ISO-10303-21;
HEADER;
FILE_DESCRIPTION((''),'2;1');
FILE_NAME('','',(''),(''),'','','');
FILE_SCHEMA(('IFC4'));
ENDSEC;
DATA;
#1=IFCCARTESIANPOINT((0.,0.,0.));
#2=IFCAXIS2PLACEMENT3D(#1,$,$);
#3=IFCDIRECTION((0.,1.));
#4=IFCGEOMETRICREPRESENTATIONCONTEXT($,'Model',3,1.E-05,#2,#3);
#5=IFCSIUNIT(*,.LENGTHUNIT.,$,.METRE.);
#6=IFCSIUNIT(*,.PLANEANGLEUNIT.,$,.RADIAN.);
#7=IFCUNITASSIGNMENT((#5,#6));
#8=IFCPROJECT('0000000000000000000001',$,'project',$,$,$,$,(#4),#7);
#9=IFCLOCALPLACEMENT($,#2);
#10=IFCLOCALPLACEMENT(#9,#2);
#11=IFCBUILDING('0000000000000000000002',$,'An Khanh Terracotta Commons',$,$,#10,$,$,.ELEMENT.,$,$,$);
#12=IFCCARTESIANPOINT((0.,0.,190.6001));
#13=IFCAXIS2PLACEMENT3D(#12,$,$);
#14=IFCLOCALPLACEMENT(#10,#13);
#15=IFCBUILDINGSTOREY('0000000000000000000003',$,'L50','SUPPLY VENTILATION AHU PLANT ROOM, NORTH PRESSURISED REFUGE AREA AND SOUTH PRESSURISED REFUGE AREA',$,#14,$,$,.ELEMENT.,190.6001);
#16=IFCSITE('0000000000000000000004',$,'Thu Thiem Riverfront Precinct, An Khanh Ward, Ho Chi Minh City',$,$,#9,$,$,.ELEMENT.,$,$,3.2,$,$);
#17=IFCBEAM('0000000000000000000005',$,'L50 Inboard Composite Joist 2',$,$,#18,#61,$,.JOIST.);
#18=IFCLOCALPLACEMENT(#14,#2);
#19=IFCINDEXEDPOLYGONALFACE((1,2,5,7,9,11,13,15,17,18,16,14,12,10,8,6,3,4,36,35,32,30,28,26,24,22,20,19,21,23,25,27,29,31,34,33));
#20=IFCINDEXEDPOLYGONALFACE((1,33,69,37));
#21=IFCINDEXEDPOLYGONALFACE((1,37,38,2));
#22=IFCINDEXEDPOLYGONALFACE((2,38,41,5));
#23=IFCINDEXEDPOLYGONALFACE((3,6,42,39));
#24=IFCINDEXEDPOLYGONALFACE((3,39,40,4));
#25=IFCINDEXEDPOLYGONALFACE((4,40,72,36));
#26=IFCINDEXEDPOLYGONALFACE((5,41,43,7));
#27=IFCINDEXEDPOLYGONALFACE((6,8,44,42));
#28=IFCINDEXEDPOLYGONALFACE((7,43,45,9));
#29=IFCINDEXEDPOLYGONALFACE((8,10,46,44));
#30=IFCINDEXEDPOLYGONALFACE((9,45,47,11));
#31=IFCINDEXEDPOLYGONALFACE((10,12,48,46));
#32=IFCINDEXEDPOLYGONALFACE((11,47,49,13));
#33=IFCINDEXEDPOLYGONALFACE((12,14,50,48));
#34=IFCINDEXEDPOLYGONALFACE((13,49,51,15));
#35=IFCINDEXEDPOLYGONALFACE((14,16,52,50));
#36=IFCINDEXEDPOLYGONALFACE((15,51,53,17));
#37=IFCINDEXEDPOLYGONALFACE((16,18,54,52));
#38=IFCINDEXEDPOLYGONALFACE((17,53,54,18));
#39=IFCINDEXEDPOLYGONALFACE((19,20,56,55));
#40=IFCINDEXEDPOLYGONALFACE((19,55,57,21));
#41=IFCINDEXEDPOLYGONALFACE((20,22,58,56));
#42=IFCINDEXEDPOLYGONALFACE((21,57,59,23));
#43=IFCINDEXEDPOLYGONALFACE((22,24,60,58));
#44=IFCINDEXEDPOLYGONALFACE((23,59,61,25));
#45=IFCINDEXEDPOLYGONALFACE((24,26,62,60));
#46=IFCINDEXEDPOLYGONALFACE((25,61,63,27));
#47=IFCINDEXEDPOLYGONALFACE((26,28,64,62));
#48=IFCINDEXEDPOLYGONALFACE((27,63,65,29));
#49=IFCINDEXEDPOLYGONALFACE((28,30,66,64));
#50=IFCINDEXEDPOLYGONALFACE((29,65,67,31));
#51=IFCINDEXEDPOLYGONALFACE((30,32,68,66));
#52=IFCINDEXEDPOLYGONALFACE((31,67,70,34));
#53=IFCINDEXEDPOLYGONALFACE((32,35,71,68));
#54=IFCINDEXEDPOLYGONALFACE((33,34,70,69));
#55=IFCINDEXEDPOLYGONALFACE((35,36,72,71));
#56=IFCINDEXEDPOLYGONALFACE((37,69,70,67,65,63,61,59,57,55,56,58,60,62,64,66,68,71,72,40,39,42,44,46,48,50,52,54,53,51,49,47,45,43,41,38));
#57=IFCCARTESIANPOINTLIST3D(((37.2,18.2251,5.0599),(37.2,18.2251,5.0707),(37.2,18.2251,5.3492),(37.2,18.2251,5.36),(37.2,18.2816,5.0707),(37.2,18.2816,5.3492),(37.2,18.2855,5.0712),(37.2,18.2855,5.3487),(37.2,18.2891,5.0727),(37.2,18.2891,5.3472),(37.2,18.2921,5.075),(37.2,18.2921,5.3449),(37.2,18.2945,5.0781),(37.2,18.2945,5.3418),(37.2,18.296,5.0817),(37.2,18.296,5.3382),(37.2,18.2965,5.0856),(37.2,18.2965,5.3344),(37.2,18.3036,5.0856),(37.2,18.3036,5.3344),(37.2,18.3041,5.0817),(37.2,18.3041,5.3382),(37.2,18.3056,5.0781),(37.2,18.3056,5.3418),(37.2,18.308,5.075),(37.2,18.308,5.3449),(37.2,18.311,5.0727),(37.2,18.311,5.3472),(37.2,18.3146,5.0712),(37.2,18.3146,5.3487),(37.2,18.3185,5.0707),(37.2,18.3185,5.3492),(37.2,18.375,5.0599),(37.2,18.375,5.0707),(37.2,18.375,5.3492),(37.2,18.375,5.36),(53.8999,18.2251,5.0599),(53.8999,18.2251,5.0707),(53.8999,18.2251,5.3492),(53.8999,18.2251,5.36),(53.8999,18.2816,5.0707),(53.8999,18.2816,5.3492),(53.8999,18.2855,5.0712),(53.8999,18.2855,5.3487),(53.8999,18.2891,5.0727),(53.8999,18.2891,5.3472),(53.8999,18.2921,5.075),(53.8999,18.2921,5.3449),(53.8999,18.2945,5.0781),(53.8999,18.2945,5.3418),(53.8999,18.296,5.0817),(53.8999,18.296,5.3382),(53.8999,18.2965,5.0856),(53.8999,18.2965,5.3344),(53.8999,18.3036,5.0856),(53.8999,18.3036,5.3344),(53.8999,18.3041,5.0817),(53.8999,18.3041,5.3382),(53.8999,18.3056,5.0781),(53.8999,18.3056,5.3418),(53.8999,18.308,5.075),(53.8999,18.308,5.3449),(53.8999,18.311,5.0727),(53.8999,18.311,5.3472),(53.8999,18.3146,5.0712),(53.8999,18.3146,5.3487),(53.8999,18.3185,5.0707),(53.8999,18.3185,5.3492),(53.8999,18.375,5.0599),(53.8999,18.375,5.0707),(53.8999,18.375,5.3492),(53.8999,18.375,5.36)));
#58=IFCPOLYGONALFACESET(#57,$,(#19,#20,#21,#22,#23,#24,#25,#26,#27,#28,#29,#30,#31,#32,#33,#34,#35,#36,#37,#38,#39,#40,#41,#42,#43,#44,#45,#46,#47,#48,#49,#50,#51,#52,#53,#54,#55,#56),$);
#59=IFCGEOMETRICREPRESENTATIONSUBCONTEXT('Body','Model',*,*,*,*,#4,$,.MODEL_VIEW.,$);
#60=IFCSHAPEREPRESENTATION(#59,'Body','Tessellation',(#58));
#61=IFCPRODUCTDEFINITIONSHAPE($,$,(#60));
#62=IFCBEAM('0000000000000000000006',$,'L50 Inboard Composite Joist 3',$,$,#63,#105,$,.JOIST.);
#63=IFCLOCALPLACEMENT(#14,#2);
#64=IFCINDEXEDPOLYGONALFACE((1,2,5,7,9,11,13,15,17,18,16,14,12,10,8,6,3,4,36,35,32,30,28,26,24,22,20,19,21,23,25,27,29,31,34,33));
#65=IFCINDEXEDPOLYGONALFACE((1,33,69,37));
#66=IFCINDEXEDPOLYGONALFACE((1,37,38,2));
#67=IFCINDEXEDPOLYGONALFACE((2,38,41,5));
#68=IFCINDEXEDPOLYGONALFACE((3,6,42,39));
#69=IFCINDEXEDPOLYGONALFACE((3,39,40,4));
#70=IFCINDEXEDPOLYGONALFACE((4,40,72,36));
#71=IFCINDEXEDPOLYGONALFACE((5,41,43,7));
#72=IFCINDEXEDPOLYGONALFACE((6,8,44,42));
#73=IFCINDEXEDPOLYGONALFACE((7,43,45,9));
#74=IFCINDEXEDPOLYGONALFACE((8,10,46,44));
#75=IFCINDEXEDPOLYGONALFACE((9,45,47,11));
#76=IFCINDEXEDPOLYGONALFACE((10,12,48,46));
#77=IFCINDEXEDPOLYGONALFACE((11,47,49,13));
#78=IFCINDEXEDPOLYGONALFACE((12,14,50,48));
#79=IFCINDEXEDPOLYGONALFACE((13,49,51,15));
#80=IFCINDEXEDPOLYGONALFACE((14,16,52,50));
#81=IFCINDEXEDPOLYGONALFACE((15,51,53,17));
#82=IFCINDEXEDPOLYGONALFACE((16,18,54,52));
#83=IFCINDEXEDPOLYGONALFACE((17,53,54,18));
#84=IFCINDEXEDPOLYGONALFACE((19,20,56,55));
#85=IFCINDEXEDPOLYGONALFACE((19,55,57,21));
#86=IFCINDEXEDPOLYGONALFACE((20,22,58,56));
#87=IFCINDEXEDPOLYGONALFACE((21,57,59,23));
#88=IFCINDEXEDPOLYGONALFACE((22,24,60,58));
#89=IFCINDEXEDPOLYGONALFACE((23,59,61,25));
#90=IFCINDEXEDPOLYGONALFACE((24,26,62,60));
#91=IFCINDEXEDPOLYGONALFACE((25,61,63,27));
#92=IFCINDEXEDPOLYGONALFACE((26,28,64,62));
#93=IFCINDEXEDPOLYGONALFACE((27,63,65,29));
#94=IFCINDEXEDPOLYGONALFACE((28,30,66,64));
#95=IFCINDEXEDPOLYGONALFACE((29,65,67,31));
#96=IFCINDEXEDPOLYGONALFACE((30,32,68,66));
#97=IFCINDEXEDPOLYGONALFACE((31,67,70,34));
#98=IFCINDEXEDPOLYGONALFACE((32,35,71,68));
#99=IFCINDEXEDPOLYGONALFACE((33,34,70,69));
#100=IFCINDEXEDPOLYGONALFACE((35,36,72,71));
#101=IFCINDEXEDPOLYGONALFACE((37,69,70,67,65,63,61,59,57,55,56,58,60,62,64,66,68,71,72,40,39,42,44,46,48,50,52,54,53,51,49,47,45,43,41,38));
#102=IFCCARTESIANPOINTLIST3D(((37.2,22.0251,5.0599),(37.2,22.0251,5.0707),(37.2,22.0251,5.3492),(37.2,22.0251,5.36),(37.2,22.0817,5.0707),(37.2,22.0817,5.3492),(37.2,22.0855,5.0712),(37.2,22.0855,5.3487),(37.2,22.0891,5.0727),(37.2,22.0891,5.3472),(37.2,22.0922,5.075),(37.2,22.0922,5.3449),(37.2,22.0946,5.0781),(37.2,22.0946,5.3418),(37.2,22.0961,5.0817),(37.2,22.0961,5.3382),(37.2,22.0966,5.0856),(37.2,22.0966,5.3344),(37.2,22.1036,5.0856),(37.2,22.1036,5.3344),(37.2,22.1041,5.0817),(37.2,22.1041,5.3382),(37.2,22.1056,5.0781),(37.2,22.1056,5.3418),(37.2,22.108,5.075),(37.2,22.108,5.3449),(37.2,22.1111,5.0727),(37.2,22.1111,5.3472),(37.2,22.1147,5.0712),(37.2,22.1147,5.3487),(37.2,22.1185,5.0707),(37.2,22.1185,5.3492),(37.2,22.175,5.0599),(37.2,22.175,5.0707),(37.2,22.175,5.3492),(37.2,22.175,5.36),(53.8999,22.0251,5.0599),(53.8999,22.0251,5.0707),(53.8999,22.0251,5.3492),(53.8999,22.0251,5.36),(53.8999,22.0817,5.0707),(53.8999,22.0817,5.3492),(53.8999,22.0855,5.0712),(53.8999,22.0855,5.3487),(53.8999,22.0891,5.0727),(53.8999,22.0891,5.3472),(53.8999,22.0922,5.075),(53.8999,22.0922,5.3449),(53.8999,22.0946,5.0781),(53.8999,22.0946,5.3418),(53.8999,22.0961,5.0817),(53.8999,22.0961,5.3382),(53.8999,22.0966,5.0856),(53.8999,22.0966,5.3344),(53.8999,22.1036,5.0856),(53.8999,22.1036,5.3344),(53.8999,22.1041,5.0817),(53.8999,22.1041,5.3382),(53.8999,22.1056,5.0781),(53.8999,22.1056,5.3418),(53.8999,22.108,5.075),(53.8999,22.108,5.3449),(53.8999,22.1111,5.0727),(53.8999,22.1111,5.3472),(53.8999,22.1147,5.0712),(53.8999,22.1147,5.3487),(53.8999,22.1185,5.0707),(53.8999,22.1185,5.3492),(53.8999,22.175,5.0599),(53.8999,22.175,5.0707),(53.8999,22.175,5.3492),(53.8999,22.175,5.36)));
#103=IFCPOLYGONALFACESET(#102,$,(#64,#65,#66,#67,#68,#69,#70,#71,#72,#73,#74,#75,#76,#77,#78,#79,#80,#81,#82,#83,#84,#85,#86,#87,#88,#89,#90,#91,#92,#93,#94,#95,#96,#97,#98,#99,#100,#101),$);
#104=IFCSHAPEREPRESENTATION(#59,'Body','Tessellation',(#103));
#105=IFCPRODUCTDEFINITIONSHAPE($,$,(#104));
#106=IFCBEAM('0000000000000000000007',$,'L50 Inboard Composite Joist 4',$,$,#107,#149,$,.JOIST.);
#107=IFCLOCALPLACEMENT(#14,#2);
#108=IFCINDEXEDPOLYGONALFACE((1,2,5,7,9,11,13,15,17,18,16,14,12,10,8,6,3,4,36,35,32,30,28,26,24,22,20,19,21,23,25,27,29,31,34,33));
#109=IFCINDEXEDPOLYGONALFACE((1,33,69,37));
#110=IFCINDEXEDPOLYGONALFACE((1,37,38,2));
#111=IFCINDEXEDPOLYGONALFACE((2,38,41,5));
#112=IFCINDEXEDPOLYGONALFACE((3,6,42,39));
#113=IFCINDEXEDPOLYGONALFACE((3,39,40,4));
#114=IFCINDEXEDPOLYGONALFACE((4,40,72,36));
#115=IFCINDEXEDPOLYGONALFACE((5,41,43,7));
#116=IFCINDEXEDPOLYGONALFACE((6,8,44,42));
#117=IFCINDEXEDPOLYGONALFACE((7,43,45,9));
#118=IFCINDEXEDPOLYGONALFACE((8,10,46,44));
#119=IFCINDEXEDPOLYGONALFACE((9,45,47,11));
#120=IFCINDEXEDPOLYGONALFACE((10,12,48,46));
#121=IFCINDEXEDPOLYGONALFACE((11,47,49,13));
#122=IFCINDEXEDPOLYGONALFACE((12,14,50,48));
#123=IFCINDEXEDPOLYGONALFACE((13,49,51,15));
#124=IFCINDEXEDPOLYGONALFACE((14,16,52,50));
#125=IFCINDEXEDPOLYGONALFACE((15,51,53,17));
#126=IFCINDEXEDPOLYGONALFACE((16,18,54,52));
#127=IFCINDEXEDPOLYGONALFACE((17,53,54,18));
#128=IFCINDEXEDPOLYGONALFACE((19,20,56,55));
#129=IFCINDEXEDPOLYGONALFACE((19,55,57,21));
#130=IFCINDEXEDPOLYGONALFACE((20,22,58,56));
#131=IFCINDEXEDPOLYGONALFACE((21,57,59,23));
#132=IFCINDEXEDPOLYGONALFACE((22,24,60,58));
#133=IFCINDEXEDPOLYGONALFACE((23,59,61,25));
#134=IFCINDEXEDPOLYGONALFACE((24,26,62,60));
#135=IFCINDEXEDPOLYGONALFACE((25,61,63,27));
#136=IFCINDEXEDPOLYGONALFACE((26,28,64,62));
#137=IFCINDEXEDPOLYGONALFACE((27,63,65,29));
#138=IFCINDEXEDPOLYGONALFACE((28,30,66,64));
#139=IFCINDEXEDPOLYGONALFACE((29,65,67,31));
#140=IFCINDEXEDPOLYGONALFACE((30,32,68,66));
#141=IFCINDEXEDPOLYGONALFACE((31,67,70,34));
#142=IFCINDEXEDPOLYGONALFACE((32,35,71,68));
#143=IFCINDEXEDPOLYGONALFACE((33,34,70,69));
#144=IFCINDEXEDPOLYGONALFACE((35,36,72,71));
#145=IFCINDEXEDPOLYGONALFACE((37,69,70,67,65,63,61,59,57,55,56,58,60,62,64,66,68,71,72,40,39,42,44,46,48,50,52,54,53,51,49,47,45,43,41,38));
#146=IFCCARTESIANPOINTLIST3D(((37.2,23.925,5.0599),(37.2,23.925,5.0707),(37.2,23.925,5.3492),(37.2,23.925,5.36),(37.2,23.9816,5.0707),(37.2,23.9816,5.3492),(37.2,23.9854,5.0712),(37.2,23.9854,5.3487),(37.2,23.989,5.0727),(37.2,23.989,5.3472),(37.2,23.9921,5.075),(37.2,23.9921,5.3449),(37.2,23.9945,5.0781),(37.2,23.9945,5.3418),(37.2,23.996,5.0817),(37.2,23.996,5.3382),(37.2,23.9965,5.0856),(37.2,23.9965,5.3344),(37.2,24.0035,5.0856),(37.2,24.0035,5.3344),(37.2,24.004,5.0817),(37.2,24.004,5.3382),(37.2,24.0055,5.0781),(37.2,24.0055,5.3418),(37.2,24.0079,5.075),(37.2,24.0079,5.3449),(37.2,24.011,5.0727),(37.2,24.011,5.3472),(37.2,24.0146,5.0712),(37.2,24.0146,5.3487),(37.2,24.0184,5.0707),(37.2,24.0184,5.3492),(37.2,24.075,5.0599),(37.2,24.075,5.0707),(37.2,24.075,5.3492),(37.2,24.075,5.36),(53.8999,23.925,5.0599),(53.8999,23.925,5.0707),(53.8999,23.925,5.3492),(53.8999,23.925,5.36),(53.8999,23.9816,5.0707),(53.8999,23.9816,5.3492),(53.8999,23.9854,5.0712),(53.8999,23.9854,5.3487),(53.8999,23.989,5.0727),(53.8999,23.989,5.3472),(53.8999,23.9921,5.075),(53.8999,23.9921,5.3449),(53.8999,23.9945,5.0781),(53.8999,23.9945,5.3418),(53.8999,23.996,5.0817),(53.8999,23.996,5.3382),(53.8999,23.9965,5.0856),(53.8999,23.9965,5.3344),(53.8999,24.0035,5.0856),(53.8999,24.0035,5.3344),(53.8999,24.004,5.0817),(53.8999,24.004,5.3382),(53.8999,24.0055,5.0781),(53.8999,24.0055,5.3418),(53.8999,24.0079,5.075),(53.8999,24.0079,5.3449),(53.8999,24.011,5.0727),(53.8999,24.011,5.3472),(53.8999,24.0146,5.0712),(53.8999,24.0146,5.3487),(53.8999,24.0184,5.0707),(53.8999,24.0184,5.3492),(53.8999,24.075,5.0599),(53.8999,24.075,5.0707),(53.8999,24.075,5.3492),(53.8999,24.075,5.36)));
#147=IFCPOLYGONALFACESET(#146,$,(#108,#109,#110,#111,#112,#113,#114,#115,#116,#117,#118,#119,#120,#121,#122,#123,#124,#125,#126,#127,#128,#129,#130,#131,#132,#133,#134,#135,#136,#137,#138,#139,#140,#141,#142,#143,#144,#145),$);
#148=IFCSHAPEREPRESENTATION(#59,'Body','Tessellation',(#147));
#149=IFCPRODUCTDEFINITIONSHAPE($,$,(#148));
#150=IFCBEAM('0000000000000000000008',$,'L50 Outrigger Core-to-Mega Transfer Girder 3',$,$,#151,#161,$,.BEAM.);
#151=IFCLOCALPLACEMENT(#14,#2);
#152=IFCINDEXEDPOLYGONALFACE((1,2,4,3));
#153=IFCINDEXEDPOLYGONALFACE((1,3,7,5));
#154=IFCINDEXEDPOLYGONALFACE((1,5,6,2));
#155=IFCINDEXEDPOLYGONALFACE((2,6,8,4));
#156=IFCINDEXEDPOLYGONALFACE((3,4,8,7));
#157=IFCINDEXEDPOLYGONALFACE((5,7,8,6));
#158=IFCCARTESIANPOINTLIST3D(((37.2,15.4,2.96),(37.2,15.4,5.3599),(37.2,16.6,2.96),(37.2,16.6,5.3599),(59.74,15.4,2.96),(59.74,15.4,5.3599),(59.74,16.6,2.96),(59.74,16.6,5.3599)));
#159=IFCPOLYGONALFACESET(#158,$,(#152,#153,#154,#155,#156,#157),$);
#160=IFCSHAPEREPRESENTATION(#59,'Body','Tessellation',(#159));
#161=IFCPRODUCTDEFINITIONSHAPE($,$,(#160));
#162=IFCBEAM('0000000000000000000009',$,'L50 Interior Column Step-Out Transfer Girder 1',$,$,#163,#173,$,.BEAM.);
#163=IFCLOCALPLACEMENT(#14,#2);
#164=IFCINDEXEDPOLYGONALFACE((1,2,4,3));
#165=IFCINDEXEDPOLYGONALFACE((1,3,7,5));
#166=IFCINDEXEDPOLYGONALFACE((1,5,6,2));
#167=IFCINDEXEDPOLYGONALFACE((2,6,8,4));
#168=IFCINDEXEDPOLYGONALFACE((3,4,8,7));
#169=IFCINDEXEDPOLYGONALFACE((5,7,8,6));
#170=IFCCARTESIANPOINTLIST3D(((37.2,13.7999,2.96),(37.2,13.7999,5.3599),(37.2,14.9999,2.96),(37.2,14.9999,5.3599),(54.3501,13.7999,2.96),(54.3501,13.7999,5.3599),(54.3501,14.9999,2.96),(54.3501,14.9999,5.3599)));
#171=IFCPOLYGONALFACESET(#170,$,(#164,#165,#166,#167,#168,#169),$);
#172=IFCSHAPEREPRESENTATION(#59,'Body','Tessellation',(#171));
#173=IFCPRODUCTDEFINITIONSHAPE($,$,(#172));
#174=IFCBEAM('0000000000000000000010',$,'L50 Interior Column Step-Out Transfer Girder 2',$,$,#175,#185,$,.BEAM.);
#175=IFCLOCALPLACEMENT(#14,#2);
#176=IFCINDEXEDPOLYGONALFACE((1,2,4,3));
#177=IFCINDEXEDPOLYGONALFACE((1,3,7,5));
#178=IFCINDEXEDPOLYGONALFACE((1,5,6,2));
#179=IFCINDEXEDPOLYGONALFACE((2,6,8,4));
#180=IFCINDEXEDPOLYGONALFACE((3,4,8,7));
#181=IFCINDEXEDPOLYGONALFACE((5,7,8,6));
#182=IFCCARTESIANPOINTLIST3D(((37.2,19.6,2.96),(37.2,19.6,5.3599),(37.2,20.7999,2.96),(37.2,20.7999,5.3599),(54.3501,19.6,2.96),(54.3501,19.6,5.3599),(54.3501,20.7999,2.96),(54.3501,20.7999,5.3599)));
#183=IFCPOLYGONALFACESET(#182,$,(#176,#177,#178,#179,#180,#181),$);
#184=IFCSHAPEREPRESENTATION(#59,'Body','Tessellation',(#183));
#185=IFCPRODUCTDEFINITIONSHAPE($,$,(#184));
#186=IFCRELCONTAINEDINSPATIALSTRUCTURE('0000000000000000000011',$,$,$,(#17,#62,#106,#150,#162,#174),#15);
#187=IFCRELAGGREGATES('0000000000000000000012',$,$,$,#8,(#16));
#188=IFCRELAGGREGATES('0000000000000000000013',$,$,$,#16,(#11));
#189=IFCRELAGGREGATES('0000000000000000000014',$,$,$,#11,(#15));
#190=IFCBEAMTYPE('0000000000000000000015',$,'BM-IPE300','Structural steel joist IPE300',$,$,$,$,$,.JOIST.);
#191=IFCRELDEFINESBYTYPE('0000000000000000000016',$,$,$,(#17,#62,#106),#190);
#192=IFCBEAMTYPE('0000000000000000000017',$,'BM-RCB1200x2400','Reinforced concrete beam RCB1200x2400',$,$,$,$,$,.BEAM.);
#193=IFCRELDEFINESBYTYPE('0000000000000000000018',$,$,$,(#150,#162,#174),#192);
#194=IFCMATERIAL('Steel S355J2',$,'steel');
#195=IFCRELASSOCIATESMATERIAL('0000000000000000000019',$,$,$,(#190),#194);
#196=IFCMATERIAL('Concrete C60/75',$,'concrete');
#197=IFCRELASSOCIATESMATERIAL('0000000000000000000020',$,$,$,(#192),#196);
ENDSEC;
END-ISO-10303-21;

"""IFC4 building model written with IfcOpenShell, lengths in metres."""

from ifc_helpers import new_model, si_unit, direction, frame, origin, origin_2d, place, context, subcontext, project, spatial, rectangle, i_section, extrude, material, material_profile, profile_set, type_object, element, save


model = new_model("IFC4")

# Units and contexts
model_context = context("Model", 3, precision=1e-05, world=origin(), true_north=direction((0.0, 1.0)))
body_context = subcontext(model_context, "Body", "Model", "MODEL_VIEW")
ifc_project = project(units=[si_unit("LENGTHUNIT", "METRE"), si_unit("PLANEANGLEUNIT", "RADIAN")], contexts=[model_context])

# Site, building, storey
site_placement = place(None, origin())
site = spatial("IfcSite", under=ifc_project, at=site_placement, Name="Thu Thiem Riverfront Precinct, An Khanh Ward, Ho Chi Minh City", CompositionType="ELEMENT", RefElevation=3.2)
building_placement = place(site_placement, origin())
building = spatial("IfcBuilding", under=site, at=building_placement, Name="An Khanh Terracotta Commons", CompositionType="ELEMENT")
storey_placement = place(building_placement, frame((0.0, 0.0, 190.6001)))
storey = spatial("IfcBuildingStorey", under=building, at=storey_placement, Name="L50", Description="SUPPLY VENTILATION AHU PLANT ROOM, NORTH PRESSURISED REFUGE AREA AND SOUTH PRESSURISED REFUGE AREA", CompositionType="ELEMENT", Elevation=190.6001)

# Beams
ifc_material_1 = material(Name="Steel S355J2", Category="steel")
ifc_material_profile_1 = material_profile(ifc_material_1, i_section(OverallWidth=0.1499, OverallDepth=0.3, WebThickness=0.0071, FlangeThickness=0.0107, FilletRadius=0.0149, at=origin_2d()), Name="IPE300")
ifc_profile_set_1 = profile_set([ifc_material_profile_1], Name="Steel S355J2")
beam_type_1 = type_object("IfcBeamType", Name="BM-IPE300", Description="Structural steel joist IPE300", PredefinedType="JOIST", material=ifc_profile_set_1)
for number, where, z_axis, x_axis, name in (
    (1, (37.2, 18.3, 5.21), (1.0, 0.0, 0.0), (0.0, 1.0, 0.0), "L50 Inboard Composite Joist 2"),
    (2, (37.2, 22.1001, 5.21), (1.0, 0.0, 0.0), (0.0, 1.0, 0.0), "L50 Inboard Composite Joist 3"),
    (3, (37.2, 24.0, 5.21), (1.0, 0.0, 0.0), (0.0, 1.0, 0.0), "L50 Inboard Composite Joist 4"),
):
    element("IfcBeam", number, at=place(storey_placement, frame(where, z_axis=z_axis, x_axis=x_axis)), inside=storey, type_object=beam_type_1, Name=name, PredefinedType="JOIST", context=body_context, shape_type="SweptSolid", body=[
        extrude(i_section(OverallWidth=0.1499, OverallDepth=0.3, WebThickness=0.0071, FlangeThickness=0.0107, FilletRadius=0.0149, at=origin_2d()), origin(), (0.0, 0.0, 1.0), 16.7),
    ])
ifc_material_2 = material(Name="Concrete C60/75", Category="concrete")
ifc_material_profile_2 = material_profile(ifc_material_2, rectangle(XDim=1.2, YDim=2.3999, at=origin_2d()), Name="RCB1200x2400")
ifc_profile_set_2 = profile_set([ifc_material_profile_2], Name="Concrete C60/75")
beam_type_2 = type_object("IfcBeamType", Name="BM-RCB1200x2400", Description="Reinforced concrete beam RCB1200x2400", PredefinedType="BEAM", material=ifc_profile_set_2)
beam_1_placement = place(storey_placement, frame((37.2, 16.0, 4.1599), z_axis=(1.0, 0.0, 0.0), x_axis=(0.0, 1.0, 0.0)))
element("IfcBeam", 4, at=beam_1_placement, inside=storey, type_object=beam_type_2, Name="L50 Outrigger Core-to-Mega Transfer Girder 3", PredefinedType="BEAM", context=body_context, shape_type="SweptSolid", body=[
    extrude(rectangle(XDim=1.2, YDim=2.3999, at=origin_2d()), origin(), (0.0, 0.0, 1.0), 22.54),
])
for number, where, z_axis, x_axis, name in (
    (5, (37.2, 14.3999, 4.1599), (1.0, 0.0, 0.0), (0.0, 1.0, 0.0), "L50 Interior Column Step-Out Transfer Girder 1"),
    (6, (37.2, 20.2, 4.1599), (1.0, 0.0, 0.0), (0.0, 1.0, 0.0), "L50 Interior Column Step-Out Transfer Girder 2"),
):
    element("IfcBeam", number, at=place(storey_placement, frame(where, z_axis=z_axis, x_axis=x_axis)), inside=storey, type_object=beam_type_2, Name=name, PredefinedType="BEAM", context=body_context, shape_type="SweptSolid", body=[
        extrude(rectangle(XDim=1.2, YDim=2.3999, at=origin_2d()), origin(), (0.0, 0.0, 1.0), 17.1501),
    ])

save(model, "model.ifc")
